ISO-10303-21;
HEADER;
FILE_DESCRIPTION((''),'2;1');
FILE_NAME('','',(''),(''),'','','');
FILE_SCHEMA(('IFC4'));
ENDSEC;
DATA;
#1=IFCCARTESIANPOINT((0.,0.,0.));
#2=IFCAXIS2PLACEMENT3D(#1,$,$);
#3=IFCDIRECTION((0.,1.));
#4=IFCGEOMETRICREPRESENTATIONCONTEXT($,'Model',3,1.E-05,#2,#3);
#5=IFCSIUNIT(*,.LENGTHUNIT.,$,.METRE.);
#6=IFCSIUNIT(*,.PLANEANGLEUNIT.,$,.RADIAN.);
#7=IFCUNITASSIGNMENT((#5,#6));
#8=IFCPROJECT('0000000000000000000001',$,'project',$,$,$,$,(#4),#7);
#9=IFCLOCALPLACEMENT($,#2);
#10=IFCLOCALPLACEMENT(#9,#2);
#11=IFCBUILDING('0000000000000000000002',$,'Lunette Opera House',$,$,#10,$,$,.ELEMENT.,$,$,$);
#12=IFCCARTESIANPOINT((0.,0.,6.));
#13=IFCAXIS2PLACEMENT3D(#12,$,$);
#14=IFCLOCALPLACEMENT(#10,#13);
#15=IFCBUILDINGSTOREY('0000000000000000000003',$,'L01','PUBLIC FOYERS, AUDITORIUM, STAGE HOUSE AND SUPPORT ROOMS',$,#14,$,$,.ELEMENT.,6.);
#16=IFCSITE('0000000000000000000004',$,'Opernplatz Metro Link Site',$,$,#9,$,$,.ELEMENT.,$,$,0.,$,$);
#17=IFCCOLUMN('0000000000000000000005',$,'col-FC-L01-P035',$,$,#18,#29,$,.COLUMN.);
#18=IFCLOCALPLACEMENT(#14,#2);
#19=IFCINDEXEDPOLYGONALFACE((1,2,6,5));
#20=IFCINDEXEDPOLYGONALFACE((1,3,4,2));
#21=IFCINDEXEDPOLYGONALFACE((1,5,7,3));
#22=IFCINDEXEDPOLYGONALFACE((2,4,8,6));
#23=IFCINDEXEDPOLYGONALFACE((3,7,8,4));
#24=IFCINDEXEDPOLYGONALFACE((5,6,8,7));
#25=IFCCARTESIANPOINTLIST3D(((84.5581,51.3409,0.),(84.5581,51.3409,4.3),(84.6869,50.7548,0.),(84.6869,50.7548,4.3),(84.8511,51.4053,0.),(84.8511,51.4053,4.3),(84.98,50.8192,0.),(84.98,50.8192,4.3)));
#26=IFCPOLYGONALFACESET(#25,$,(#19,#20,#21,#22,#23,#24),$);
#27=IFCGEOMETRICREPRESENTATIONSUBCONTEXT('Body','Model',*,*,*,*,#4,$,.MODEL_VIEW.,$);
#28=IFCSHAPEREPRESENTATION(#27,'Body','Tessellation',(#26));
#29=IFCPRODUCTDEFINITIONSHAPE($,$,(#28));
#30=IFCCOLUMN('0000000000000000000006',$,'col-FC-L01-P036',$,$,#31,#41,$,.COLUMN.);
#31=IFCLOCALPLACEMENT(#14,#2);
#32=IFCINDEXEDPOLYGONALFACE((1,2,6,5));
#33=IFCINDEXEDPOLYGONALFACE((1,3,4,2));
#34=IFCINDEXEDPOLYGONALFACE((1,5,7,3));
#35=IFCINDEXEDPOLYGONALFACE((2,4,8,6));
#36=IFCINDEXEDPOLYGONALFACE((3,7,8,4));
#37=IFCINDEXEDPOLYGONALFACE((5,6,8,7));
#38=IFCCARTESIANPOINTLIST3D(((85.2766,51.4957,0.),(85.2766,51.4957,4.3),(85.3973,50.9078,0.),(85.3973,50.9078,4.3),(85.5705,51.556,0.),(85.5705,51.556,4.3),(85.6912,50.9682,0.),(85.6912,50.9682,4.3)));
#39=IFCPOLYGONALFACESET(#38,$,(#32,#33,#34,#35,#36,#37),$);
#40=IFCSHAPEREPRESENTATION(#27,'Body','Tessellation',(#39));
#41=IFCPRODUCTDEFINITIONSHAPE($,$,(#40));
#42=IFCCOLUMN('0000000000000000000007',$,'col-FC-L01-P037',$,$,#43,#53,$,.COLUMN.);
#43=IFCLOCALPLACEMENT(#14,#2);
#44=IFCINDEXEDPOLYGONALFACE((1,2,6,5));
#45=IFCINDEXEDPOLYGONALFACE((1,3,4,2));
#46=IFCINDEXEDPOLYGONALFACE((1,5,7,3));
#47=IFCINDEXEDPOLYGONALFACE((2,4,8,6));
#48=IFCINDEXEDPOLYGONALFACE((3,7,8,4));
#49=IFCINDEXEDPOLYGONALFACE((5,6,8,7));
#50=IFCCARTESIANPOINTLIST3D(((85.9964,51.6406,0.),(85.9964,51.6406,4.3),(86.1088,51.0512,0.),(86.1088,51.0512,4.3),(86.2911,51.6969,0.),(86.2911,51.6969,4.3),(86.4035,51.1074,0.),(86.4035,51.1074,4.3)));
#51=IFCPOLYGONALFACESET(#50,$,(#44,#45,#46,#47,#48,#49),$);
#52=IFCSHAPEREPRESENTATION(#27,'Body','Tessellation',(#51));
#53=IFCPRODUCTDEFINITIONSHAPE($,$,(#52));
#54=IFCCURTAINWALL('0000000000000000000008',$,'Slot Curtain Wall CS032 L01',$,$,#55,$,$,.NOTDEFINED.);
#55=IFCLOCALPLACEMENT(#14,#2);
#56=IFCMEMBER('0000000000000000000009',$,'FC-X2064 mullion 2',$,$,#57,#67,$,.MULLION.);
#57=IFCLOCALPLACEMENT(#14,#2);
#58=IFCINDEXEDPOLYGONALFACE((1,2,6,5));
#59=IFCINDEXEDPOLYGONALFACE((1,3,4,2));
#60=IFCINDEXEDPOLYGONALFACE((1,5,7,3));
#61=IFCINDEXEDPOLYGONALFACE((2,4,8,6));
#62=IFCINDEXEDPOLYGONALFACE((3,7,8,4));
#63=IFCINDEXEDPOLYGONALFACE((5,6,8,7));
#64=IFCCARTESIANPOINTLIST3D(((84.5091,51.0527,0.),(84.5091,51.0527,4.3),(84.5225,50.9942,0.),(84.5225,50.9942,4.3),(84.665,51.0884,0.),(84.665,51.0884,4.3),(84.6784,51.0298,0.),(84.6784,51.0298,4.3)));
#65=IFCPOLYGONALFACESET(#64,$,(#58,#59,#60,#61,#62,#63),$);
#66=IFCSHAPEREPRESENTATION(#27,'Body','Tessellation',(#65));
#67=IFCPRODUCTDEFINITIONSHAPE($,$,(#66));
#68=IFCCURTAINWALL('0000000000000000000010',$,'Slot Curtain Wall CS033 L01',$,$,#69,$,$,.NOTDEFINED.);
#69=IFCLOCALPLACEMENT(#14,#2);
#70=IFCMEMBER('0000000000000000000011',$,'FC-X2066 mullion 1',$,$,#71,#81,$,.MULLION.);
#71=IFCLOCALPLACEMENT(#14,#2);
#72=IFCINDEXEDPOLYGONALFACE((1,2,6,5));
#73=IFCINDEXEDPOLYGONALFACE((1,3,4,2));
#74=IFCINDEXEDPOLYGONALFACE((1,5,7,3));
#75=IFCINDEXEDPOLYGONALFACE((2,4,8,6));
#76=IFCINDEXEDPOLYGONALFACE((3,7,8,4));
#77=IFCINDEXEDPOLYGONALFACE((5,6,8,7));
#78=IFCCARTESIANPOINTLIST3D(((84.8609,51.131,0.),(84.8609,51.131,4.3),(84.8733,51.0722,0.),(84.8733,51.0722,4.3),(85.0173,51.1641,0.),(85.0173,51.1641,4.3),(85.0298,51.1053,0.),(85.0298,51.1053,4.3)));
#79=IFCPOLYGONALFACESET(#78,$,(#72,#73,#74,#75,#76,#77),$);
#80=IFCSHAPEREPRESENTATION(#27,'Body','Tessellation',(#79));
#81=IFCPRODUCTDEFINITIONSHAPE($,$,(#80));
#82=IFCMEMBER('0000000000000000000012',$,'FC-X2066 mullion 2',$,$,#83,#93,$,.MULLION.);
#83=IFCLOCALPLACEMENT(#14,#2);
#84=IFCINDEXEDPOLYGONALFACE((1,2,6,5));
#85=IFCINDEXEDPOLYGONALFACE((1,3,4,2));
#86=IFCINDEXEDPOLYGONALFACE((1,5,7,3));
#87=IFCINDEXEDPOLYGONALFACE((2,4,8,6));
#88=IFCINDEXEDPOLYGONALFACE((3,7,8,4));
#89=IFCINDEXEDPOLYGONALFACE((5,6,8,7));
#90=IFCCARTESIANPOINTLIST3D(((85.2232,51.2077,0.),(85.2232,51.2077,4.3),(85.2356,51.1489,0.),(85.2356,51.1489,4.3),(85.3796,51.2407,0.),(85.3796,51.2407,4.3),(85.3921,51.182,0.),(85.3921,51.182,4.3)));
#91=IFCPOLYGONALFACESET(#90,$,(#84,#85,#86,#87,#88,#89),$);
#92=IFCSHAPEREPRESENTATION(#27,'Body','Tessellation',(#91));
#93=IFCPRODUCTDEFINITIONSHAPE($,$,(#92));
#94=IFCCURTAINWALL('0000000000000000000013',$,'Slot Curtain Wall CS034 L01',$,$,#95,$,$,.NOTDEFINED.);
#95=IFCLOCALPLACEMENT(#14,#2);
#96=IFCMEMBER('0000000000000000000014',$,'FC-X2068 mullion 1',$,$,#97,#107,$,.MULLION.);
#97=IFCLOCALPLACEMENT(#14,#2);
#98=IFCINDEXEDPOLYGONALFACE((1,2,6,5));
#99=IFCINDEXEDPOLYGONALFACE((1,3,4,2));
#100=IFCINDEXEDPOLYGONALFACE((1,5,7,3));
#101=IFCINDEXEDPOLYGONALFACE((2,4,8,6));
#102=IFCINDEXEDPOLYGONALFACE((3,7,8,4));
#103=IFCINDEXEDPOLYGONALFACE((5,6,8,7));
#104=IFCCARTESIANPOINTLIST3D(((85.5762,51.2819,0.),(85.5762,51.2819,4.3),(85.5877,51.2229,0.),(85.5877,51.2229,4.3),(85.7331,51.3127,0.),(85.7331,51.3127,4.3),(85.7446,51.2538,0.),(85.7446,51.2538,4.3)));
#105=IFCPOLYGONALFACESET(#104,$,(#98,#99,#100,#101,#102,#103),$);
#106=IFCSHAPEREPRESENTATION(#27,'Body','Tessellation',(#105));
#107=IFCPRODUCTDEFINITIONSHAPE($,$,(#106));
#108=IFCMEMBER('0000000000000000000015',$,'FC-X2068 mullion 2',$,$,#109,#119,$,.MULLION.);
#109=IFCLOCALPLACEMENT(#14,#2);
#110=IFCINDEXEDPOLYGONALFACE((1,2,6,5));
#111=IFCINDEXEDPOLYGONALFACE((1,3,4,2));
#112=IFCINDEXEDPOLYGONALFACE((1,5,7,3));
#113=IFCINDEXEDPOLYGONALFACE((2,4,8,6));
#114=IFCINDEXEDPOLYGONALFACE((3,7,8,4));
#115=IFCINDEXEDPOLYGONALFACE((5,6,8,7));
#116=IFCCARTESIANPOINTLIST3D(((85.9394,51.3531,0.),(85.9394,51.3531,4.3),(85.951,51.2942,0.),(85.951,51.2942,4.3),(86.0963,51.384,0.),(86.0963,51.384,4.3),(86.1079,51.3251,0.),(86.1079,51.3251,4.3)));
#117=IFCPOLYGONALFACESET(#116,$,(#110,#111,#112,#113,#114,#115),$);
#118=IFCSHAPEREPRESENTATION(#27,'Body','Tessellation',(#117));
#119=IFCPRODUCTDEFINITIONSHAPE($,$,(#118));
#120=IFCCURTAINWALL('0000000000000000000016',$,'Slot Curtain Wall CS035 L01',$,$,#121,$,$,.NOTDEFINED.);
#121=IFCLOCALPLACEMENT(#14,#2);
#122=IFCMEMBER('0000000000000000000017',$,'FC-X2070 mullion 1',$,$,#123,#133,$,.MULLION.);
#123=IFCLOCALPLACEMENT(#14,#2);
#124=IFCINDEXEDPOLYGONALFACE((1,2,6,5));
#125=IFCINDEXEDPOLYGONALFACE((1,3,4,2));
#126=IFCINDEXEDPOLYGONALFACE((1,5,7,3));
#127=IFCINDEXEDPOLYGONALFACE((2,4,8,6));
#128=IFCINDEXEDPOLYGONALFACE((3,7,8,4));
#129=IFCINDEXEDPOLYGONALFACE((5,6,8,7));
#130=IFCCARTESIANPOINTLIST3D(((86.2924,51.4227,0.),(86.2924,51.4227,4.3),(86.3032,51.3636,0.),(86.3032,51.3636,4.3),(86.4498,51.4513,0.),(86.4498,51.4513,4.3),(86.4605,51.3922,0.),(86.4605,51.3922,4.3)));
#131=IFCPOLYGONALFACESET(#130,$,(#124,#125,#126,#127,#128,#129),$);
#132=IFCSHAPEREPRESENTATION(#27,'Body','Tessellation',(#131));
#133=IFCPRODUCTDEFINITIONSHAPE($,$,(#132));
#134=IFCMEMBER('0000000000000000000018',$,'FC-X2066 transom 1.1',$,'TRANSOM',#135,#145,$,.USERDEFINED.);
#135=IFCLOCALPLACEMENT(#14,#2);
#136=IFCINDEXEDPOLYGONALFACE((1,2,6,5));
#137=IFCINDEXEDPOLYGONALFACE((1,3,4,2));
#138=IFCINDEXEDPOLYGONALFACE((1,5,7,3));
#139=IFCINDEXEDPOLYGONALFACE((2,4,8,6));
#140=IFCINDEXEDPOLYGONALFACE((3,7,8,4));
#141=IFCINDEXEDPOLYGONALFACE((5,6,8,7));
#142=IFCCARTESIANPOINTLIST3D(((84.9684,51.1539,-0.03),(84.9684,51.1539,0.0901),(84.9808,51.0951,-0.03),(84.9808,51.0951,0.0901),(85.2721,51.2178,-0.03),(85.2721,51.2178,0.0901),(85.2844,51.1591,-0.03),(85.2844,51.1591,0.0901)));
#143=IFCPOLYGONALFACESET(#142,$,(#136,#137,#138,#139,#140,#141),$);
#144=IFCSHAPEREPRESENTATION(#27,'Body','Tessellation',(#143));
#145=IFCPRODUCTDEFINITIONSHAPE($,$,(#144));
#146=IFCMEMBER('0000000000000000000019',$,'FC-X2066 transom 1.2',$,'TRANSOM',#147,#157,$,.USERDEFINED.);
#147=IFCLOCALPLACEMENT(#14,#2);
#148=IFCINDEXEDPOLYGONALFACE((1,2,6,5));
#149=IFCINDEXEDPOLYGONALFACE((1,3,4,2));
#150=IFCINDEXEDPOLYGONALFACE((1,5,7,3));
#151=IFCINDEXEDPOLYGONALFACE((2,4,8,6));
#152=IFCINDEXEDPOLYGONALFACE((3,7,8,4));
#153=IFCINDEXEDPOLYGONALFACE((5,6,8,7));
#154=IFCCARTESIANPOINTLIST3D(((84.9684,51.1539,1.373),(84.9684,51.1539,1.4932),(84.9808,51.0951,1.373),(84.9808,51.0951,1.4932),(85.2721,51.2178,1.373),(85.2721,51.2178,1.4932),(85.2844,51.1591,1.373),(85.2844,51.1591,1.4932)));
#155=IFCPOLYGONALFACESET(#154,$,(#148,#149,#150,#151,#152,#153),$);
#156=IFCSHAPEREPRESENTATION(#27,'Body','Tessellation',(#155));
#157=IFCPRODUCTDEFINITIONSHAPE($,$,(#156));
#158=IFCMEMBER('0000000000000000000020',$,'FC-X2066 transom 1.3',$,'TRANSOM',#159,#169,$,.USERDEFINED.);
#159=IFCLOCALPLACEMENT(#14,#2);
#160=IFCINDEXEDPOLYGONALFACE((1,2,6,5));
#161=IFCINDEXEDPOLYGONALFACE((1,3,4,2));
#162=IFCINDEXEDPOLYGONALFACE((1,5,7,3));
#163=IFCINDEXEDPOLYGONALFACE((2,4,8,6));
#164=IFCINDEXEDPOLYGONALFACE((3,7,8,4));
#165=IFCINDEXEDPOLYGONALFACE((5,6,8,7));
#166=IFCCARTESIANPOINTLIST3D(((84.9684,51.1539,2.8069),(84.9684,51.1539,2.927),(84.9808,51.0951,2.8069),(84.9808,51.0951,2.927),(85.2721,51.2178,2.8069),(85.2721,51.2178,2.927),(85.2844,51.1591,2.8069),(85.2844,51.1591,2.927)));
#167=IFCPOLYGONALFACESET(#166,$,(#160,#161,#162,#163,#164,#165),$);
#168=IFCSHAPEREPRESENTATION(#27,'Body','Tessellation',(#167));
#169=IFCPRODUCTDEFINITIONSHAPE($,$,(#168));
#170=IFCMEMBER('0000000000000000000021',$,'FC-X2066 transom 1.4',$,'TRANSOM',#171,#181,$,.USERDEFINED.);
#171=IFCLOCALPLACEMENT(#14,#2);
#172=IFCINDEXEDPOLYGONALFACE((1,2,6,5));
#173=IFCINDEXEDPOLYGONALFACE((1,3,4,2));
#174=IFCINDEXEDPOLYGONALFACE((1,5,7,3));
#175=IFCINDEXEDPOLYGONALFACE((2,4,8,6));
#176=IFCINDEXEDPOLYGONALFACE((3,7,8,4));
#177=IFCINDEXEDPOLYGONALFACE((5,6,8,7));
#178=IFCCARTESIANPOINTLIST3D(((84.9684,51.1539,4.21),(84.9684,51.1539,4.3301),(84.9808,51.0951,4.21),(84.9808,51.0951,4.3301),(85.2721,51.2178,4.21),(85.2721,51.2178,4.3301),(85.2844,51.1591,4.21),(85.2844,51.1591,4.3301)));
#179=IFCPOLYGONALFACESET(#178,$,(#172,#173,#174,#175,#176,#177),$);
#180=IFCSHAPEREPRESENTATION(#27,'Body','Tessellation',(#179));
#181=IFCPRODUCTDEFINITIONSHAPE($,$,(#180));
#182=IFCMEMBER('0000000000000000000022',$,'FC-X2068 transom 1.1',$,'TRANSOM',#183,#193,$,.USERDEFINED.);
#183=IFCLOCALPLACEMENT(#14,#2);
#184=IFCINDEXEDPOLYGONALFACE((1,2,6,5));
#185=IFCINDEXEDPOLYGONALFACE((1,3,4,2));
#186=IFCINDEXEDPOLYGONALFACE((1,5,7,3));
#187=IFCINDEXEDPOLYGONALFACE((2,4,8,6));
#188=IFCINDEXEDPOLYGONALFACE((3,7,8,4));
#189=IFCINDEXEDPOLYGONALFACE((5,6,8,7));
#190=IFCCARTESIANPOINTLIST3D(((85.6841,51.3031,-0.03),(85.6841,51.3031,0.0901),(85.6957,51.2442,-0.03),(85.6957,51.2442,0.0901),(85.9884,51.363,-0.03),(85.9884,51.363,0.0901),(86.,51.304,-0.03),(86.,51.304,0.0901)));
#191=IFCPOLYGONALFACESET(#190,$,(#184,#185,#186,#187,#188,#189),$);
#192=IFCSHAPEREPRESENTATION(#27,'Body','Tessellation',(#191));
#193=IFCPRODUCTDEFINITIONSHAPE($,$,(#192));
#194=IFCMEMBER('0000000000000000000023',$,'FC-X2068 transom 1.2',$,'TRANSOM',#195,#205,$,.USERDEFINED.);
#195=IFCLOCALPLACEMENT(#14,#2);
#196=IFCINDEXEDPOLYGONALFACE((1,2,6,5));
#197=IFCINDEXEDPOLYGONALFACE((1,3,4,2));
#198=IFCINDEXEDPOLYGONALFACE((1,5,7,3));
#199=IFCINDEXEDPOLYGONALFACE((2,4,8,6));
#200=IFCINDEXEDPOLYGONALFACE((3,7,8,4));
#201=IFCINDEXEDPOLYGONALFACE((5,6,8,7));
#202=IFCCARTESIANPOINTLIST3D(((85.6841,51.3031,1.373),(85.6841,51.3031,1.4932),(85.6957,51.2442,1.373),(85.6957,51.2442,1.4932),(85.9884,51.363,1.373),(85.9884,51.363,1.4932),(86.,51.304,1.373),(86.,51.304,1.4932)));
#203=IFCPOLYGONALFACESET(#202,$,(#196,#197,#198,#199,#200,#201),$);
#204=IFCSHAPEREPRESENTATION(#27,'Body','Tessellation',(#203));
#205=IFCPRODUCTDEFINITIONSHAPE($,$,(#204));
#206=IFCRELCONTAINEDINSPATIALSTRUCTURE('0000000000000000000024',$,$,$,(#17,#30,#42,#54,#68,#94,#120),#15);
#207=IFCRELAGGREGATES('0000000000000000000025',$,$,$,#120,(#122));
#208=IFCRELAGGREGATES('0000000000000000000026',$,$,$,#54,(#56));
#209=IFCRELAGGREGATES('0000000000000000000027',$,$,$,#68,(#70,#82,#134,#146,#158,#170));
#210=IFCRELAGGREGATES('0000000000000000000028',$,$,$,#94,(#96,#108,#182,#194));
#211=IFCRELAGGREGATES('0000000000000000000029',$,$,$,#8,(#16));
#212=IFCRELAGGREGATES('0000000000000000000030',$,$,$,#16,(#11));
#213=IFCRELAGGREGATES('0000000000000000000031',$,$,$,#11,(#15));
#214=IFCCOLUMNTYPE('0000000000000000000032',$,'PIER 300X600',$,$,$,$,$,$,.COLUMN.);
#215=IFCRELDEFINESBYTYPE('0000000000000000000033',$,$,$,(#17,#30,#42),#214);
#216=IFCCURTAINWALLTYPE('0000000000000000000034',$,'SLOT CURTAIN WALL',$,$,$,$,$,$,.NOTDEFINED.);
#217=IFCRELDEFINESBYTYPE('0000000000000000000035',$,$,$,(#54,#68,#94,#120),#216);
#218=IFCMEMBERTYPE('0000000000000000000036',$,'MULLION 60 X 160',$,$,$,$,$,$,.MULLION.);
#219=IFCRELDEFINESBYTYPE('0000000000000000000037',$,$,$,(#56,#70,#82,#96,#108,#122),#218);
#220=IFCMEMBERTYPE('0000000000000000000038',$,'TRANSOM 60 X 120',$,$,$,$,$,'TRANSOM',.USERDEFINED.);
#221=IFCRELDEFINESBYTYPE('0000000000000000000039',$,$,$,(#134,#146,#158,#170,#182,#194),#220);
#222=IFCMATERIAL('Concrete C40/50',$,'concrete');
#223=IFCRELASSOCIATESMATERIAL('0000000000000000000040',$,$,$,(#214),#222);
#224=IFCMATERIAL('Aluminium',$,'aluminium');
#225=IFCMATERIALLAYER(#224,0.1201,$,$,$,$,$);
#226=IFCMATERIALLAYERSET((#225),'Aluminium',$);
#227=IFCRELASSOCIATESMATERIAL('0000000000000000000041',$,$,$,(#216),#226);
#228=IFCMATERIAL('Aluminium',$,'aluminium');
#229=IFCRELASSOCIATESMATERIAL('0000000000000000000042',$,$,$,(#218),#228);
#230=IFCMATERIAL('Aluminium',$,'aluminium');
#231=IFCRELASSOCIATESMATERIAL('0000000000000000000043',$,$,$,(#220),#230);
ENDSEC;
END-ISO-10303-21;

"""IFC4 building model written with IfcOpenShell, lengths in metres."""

from ifc_helpers import new_model, si_unit, direction, frame, origin, origin_2d, place, context, subcontext, project, spatial, rectangle, extrude, material, layer, layer_set, material_profile, profile_set, type_object, element, aggregate, save


model = new_model("IFC4")

# Units and contexts
model_context = context("Model", 3, precision=1e-05, world=origin(), true_north=direction((0.0, 1.0)))
body_context = subcontext(model_context, "Body", "Model", "MODEL_VIEW")
ifc_project = project(units=[si_unit("LENGTHUNIT", "METRE"), si_unit("PLANEANGLEUNIT", "RADIAN")], contexts=[model_context])

# Site, building, storey
site_placement = place(None, origin())
site = spatial("IfcSite", under=ifc_project, at=site_placement, Name="Opernplatz Metro Link Site", CompositionType="ELEMENT", RefElevation=0.0)
building_placement = place(site_placement, origin())
building = spatial("IfcBuilding", under=site, at=building_placement, Name="Lunette Opera House", CompositionType="ELEMENT")
storey_placement = place(building_placement, frame((0.0, 0.0, 6.0)))
storey = spatial("IfcBuildingStorey", under=building, at=storey_placement, Name="L01", Description="PUBLIC FOYERS, AUDITORIUM, STAGE HOUSE AND SUPPORT ROOMS", CompositionType="ELEMENT", Elevation=6.0)

# Columns
ifc_material_1 = material(Name="Concrete C40/50", Category="concrete")
ifc_material_profile_1 = material_profile(ifc_material_1, rectangle(XDim=0.3, YDim=0.6001, at=origin_2d()), Name="PIER 300X600")
ifc_profile_set_1 = profile_set([ifc_material_profile_1], Name="Concrete C40/50")
column_type = type_object("IfcColumnType", Name="PIER 300X600", PredefinedType="COLUMN", material=ifc_profile_set_1)
for number, where, z_axis, x_axis, name in (
    (1, (84.769, 51.0801, 0.0), (0.0, 0.0, 1.0), (0.976672, 0.214735, 0.0), "col-FC-L01-P035"),
    (2, (85.4839, 51.2319, 0.0), (0.0, 0.0, 1.0), (0.979575, 0.201078, 0.0), "col-FC-L01-P036"),
    (3, (86.2, 51.374, 0.0), (0.0, 0.0, 1.0), (0.982287, 0.187381, 0.0), "col-FC-L01-P037"),
):
    element("IfcColumn", number, at=place(storey_placement, frame(where, z_axis=z_axis, x_axis=x_axis)), inside=storey, type_object=column_type, Name=name, PredefinedType="COLUMN", context=body_context, shape_type="SweptSolid", body=[
        extrude(rectangle(XDim=0.3, YDim=0.6001, at=origin_2d()), origin(), (0.0, 0.0, 1.0), 4.3),
    ])

# Curtain wall, member
ifc_material_2 = material(Name="Aluminium", Category="aluminium")
ifc_layer_1 = layer(ifc_material_2, 0.1201)
ifc_layer_set_1 = layer_set([ifc_layer_1], Name="Aluminium")
curtain_wall_type = type_object("IfcCurtainWallType", Name="SLOT CURTAIN WALL", PredefinedType="NOTDEFINED", material=ifc_layer_set_1)
curtain_wall_1_placement = place(storey_placement, origin())
curtain_wall_1 = element("IfcCurtainWall", 4, at=curtain_wall_1_placement, inside=storey, type_object=curtain_wall_type, Name="Slot Curtain Wall CS032 L01", PredefinedType="NOTDEFINED")
ifc_material_3 = material(Name="Aluminium", Category="aluminium")
ifc_material_profile_2 = material_profile(ifc_material_3, rectangle(XDim=0.0601, YDim=0.1599, at=origin_2d()), Name="MULLION 60 X 160")
ifc_profile_set_2 = profile_set([ifc_material_profile_2], Name="Aluminium")
member_type_1 = type_object("IfcMemberType", Name="MULLION 60 X 160", PredefinedType="MULLION", material=ifc_profile_set_2)
member_1_placement = place(storey_placement, frame((84.5938, 51.0413, 0.0), z_axis=(0.0, 0.0, 1.0), x_axis=(-0.222825, 0.974859, 0.0)))
member_1 = element("IfcMember", 5, at=member_1_placement, type_object=member_type_1, Name="FC-X2064 mullion 2", PredefinedType="MULLION", context=body_context, shape_type="SweptSolid", body=[
    extrude(rectangle(XDim=0.0601, YDim=0.1599, at=origin_2d()), origin(), (0.0, 0.0, 1.0), 4.3),
])

# Curtain walls, members
curtain_wall_2_placement = place(storey_placement, origin())
curtain_wall_2 = element("IfcCurtainWall", 6, at=curtain_wall_2_placement, inside=storey, type_object=curtain_wall_type, Name="Slot Curtain Wall CS033 L01", PredefinedType="NOTDEFINED")
member_2_placement = place(storey_placement, frame((84.9453, 51.1182, 0.0), z_axis=(0.0, 0.0, 1.0), x_axis=(-0.20683, 0.978377, 0.0)))
member_2 = element("IfcMember", 7, at=member_2_placement, type_object=member_type_1, Name="FC-X2066 mullion 1", PredefinedType="MULLION", context=body_context, shape_type="SweptSolid", body=[
    extrude(rectangle(XDim=0.0601, YDim=0.1599, at=origin_2d()), origin(), (0.0, 0.0, 1.0), 4.3),
])
member_3_placement = place(storey_placement, frame((85.3076, 51.1948, 0.0), z_axis=(0.0, 0.0, 1.0), x_axis=(-0.20683, 0.978377, 0.0)))
member_3 = element("IfcMember", 8, at=member_3_placement, type_object=member_type_1, Name="FC-X2066 mullion 2", PredefinedType="MULLION", context=body_context, shape_type="SweptSolid", body=[
    extrude(rectangle(XDim=0.0601, YDim=0.1599, at=origin_2d()), origin(), (0.0, 0.0, 1.0), 4.3),
])
curtain_wall_3_placement = place(storey_placement, origin())
curtain_wall_3 = element("IfcCurtainWall", 9, at=curtain_wall_3_placement, inside=storey, type_object=curtain_wall_type, Name="Slot Curtain Wall CS034 L01", PredefinedType="NOTDEFINED")
member_4_placement = place(storey_placement, frame((85.6604, 51.2678, 0.0), z_axis=(0.0, 0.0, 1.0), x_axis=(-0.192985, 0.981202, 0.0)))
member_4 = element("IfcMember", 10, at=member_4_placement, type_object=member_type_1, Name="FC-X2068 mullion 1", PredefinedType="MULLION", context=body_context, shape_type="SweptSolid", body=[
    extrude(rectangle(XDim=0.0601, YDim=0.1599, at=origin_2d()), origin(), (0.0, 0.0, 1.0), 4.3),
])
member_5_placement = place(storey_placement, frame((86.0237, 51.3391, 0.0), z_axis=(0.0, 0.0, 1.0), x_axis=(-0.192985, 0.981202, 0.0)))
member_5 = element("IfcMember", 11, at=member_5_placement, type_object=member_type_1, Name="FC-X2068 mullion 2", PredefinedType="MULLION", context=body_context, shape_type="SweptSolid", body=[
    extrude(rectangle(XDim=0.0601, YDim=0.1599, at=origin_2d()), origin(), (0.0, 0.0, 1.0), 4.3),
])

# Curtain wall, member
curtain_wall_4_placement = place(storey_placement, origin())
curtain_wall_4 = element("IfcCurtainWall", 12, at=curtain_wall_4_placement, inside=storey, type_object=curtain_wall_type, Name="Slot Curtain Wall CS035 L01", PredefinedType="NOTDEFINED")
member_6_placement = place(storey_placement, frame((86.3765, 51.4075, 0.0), z_axis=(0.0, 0.0, 1.0), x_axis=(-0.178681, 0.983907, 0.0)))
member_6 = element("IfcMember", 13, at=member_6_placement, type_object=member_type_1, Name="FC-X2070 mullion 1", PredefinedType="MULLION", context=body_context, shape_type="SweptSolid", body=[
    extrude(rectangle(XDim=0.0601, YDim=0.1599, at=origin_2d()), origin(), (0.0, 0.0, 1.0), 4.3),
])

# Members
ifc_material_4 = material(Name="Aluminium", Category="aluminium")
ifc_material_profile_3 = material_profile(ifc_material_4, rectangle(XDim=0.0601, YDim=0.1201, at=origin_2d()), Name="TRANSOM 60 X 120")
ifc_profile_set_3 = profile_set([ifc_material_profile_3], Name="Aluminium")
member_type_2 = type_object("IfcMemberType", Name="TRANSOM 60 X 120", ElementType="TRANSOM", PredefinedType="USERDEFINED", material=ifc_profile_set_3)
member_7_placement = place(storey_placement, frame((84.9746, 51.1245, 0.03), z_axis=(0.978533, 0.20609, 0.0), x_axis=(-0.20609, 0.978533, 0.0)))
member_7 = element("IfcMember", 14, at=member_7_placement, type_object=member_type_2, Name="FC-X2066 transom 1.1", ObjectType="TRANSOM", PredefinedType="USERDEFINED", context=body_context, shape_type="SweptSolid", body=[
    extrude(rectangle(XDim=0.0601, YDim=0.1201, at=origin_2d()), origin(), (0.0, 0.0, 1.0), 0.3103),
])
member_8_placement = place(storey_placement, frame((84.9746, 51.1245, 1.4331), z_axis=(0.978533, 0.20609, 0.0), x_axis=(-0.20609, 0.978533, 0.0)))
member_8 = element("IfcMember", 15, at=member_8_placement, type_object=member_type_2, Name="FC-X2066 transom 1.2", ObjectType="TRANSOM", PredefinedType="USERDEFINED", context=body_context, shape_type="SweptSolid", body=[
    extrude(rectangle(XDim=0.0601, YDim=0.1201, at=origin_2d()), origin(), (0.0, 0.0, 1.0), 0.3103),
])
member_9_placement = place(storey_placement, frame((84.9746, 51.1245, 2.8669), z_axis=(0.978533, 0.20609, 0.0), x_axis=(-0.20609, 0.978533, 0.0)))
member_9 = element("IfcMember", 16, at=member_9_placement, type_object=member_type_2, Name="FC-X2066 transom 1.3", ObjectType="TRANSOM", PredefinedType="USERDEFINED", context=body_context, shape_type="SweptSolid", body=[
    extrude(rectangle(XDim=0.0601, YDim=0.1201, at=origin_2d()), origin(), (0.0, 0.0, 1.0), 0.3103),
])
member_10_placement = place(storey_placement, frame((84.9746, 51.1245, 4.27), z_axis=(0.978533, 0.20609, 0.0), x_axis=(-0.20609, 0.978533, 0.0)))
member_10 = element("IfcMember", 17, at=member_10_placement, type_object=member_type_2, Name="FC-X2066 transom 1.4", ObjectType="TRANSOM", PredefinedType="USERDEFINED", context=body_context, shape_type="SweptSolid", body=[
    extrude(rectangle(XDim=0.0601, YDim=0.1201, at=origin_2d()), origin(), (0.0, 0.0, 1.0), 0.3103),
])
member_11_placement = place(storey_placement, frame((85.6899, 51.2737, 0.03), z_axis=(0.981212, 0.192935, 0.0), x_axis=(-0.192935, 0.981212, 0.0)))
member_11 = element("IfcMember", 18, at=member_11_placement, type_object=member_type_2, Name="FC-X2068 transom 1.1", ObjectType="TRANSOM", PredefinedType="USERDEFINED", context=body_context, shape_type="SweptSolid", body=[
    extrude(rectangle(XDim=0.0601, YDim=0.1201, at=origin_2d()), origin(), (0.0, 0.0, 1.0), 0.3101),
])
member_12_placement = place(storey_placement, frame((85.6899, 51.2737, 1.4331), z_axis=(0.981212, 0.192935, 0.0), x_axis=(-0.192935, 0.981212, 0.0)))
member_12 = element("IfcMember", 19, at=member_12_placement, type_object=member_type_2, Name="FC-X2068 transom 1.2", ObjectType="TRANSOM", PredefinedType="USERDEFINED", context=body_context, shape_type="SweptSolid", body=[
    extrude(rectangle(XDim=0.0601, YDim=0.1201, at=origin_2d()), origin(), (0.0, 0.0, 1.0), 0.3101),
])
aggregate(curtain_wall_4, [member_6])

aggregate(curtain_wall_1, [member_1])
aggregate(curtain_wall_2, [member_2, member_3, member_7, member_8, member_9, member_10])
aggregate(curtain_wall_3, [member_4, member_5, member_11, member_12])

save(model, "model.ifc")
